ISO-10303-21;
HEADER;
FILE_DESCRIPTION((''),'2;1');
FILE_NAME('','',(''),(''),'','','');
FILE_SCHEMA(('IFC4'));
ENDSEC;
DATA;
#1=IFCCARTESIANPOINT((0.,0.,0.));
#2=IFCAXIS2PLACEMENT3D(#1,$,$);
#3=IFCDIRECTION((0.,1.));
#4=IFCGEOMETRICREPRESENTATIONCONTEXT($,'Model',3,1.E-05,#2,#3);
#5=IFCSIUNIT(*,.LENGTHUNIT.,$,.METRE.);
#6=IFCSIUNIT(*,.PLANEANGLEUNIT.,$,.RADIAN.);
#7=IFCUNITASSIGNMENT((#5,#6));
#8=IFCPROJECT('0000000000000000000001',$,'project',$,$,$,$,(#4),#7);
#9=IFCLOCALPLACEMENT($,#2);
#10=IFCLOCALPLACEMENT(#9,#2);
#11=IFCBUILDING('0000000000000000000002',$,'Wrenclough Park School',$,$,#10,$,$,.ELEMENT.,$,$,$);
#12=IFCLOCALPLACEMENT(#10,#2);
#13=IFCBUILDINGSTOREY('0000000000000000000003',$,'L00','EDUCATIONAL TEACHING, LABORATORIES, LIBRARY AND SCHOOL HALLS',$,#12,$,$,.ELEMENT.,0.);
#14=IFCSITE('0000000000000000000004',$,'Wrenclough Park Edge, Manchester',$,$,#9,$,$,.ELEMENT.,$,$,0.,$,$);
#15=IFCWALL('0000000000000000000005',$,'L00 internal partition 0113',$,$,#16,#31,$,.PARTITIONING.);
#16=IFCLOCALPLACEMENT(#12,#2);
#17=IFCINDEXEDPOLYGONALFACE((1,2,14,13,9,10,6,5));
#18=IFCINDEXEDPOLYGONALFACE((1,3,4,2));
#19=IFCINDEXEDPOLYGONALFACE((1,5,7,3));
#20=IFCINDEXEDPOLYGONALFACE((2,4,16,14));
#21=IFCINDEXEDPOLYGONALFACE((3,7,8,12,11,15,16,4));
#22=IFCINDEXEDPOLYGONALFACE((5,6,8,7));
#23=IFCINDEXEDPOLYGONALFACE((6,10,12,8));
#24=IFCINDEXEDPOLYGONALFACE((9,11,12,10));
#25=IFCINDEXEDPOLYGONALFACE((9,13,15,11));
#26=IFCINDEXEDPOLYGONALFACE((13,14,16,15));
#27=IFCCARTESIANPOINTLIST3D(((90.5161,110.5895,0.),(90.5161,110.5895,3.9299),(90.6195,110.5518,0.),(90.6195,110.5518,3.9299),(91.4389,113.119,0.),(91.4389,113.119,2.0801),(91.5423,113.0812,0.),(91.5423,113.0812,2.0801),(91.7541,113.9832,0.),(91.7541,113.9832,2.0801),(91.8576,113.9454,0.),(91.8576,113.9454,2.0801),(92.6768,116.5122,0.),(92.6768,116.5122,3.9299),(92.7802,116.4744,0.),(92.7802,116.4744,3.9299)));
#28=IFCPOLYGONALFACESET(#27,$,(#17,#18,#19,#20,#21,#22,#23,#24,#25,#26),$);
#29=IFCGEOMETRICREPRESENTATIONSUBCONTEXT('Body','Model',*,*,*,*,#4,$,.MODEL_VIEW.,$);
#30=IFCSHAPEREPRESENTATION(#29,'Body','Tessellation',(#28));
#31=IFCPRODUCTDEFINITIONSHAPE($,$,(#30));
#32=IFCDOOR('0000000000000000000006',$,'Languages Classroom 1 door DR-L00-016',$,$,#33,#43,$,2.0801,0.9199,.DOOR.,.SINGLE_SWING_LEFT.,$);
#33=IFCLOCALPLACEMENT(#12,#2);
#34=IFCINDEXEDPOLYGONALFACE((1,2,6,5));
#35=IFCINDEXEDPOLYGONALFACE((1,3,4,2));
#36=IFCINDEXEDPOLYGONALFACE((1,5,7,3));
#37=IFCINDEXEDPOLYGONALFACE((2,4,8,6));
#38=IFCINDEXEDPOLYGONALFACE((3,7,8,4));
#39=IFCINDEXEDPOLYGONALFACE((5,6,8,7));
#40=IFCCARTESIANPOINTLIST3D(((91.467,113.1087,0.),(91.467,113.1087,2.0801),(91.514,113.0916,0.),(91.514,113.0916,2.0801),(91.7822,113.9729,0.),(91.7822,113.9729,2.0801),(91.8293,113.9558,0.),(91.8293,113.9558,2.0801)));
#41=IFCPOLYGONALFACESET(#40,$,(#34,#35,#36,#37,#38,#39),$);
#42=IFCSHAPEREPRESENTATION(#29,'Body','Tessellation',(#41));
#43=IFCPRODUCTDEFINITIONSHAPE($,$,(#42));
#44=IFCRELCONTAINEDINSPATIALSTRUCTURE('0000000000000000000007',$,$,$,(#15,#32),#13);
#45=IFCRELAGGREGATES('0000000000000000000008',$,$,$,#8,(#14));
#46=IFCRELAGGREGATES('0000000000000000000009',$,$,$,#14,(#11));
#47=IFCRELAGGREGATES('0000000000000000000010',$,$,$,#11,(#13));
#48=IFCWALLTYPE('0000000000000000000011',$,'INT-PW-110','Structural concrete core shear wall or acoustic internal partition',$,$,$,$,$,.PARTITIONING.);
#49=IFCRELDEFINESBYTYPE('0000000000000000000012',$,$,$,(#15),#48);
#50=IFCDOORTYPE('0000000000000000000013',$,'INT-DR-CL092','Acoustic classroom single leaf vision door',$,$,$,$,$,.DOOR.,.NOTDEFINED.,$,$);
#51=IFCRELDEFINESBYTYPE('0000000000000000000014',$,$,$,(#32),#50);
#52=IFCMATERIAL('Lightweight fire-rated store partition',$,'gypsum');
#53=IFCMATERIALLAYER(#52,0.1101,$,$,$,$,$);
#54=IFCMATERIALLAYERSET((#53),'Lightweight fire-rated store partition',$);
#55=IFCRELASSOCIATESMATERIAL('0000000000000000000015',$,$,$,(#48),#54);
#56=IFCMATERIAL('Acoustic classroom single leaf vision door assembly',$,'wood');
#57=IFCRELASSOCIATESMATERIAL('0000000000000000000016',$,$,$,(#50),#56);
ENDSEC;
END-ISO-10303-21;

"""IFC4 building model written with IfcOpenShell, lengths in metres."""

from ifc_helpers import new_model, si_unit, direction, frame, frame_2d, origin, place, context, subcontext, project, spatial, rectangle, extrude, material, layer, layer_set, type_object, element, fill, save


model = new_model("IFC4")

# Units and contexts
model_context = context("Model", 3, precision=1e-05, world=origin(), true_north=direction((0.0, 1.0)))
body_context = subcontext(model_context, "Body", "Model", "MODEL_VIEW")
ifc_project = project(units=[si_unit("LENGTHUNIT", "METRE"), si_unit("PLANEANGLEUNIT", "RADIAN")], contexts=[model_context])

# Site, building, storey
site_placement = place(None, origin())
site = spatial("IfcSite", under=ifc_project, at=site_placement, Name="Wrenclough Park Edge, Manchester", CompositionType="ELEMENT", RefElevation=0.0)
building_placement = place(site_placement, origin())
building = spatial("IfcBuilding", under=site, at=building_placement, Name="Wrenclough Park School", CompositionType="ELEMENT")
storey_placement = place(building_placement, origin())
storey = spatial("IfcBuildingStorey", under=building, at=storey_placement, Name="L00", Description="EDUCATIONAL TEACHING, LABORATORIES, LIBRARY AND SCHOOL HALLS", CompositionType="ELEMENT", Elevation=0.0)

# Wall, opening, door
ifc_material_1 = material(Name="Lightweight fire-rated store partition", Category="gypsum")
ifc_layer_1 = layer(ifc_material_1, 0.1101)
ifc_layer_set_1 = layer_set([ifc_layer_1], Name="Lightweight fire-rated store partition")
wall_type_1 = type_object("IfcWallType", Name="INT-PW-110", Description="Structural concrete core shear wall or acoustic internal partition", PredefinedType="PARTITIONING", material=ifc_layer_set_1)
wall_1_placement = place(storey_placement, frame((92.7285, 116.4934, 0.0), z_axis=(0.0, 0.0, 1.0), x_axis=(-0.342719, -0.939438, 0.0)))
wall_1 = element("IfcWall", 1, at=wall_1_placement, inside=storey, type_object=wall_type_1, Name="L00 internal partition 0113", PredefinedType="PARTITIONING", context=body_context, shape_type="SweptSolid", body=[
    extrude(rectangle(XDim=6.3044, YDim=0.1101, at=frame_2d((3.1523, 0.0))), origin(), (0.0, 0.0, 1.0), 3.9299),
])
opening_1_placement = place(wall_1_placement, frame((2.6921, 0.0, 0.0)))
opening_1 = element("IfcOpeningElement", 2, at=opening_1_placement, cuts=wall_1, PredefinedType="OPENING", context=body_context, shape_type="SweptSolid", body=[
    extrude(rectangle(XDim=0.9199, YDim=2.0801, at=frame_2d((0.46, 1.04))), frame((0.0, 0.0649, 0.0), z_axis=(0.0, -1.0, 0.0), x_axis=(1.0, 0.0, 0.0)), (0.0, 0.0, 1.0), 0.1301),
])
ifc_material_2 = material(Name="Acoustic classroom single leaf vision door assembly", Category="wood")
door_type_1 = type_object("IfcDoorType", Name="INT-DR-CL092", Description="Acoustic classroom single leaf vision door", OperationType="NOTDEFINED", PredefinedType="DOOR", material=ifc_material_2)
door_1_placement = place(opening_1_placement, origin())
door_1 = element("IfcDoor", 3, at=door_1_placement, inside=storey, type_object=door_type_1, Name="Languages Classroom 1 door DR-L00-016", OperationType="SINGLE_SWING_LEFT", OverallHeight=2.0801, OverallWidth=0.9199, PredefinedType="DOOR", context=body_context, shape_type="SweptSolid", body=[
    extrude(rectangle(XDim=0.9199, YDim=2.0801, at=frame_2d((0.46, 1.04))), frame((0.0, 0.0249, 0.0), z_axis=(0.0, -1.0, 0.0), x_axis=(1.0, 0.0, 0.0)), (0.0, 0.0, 1.0), 0.05),
])
fill(opening_1, door_1)

save(model, "model.ifc")
